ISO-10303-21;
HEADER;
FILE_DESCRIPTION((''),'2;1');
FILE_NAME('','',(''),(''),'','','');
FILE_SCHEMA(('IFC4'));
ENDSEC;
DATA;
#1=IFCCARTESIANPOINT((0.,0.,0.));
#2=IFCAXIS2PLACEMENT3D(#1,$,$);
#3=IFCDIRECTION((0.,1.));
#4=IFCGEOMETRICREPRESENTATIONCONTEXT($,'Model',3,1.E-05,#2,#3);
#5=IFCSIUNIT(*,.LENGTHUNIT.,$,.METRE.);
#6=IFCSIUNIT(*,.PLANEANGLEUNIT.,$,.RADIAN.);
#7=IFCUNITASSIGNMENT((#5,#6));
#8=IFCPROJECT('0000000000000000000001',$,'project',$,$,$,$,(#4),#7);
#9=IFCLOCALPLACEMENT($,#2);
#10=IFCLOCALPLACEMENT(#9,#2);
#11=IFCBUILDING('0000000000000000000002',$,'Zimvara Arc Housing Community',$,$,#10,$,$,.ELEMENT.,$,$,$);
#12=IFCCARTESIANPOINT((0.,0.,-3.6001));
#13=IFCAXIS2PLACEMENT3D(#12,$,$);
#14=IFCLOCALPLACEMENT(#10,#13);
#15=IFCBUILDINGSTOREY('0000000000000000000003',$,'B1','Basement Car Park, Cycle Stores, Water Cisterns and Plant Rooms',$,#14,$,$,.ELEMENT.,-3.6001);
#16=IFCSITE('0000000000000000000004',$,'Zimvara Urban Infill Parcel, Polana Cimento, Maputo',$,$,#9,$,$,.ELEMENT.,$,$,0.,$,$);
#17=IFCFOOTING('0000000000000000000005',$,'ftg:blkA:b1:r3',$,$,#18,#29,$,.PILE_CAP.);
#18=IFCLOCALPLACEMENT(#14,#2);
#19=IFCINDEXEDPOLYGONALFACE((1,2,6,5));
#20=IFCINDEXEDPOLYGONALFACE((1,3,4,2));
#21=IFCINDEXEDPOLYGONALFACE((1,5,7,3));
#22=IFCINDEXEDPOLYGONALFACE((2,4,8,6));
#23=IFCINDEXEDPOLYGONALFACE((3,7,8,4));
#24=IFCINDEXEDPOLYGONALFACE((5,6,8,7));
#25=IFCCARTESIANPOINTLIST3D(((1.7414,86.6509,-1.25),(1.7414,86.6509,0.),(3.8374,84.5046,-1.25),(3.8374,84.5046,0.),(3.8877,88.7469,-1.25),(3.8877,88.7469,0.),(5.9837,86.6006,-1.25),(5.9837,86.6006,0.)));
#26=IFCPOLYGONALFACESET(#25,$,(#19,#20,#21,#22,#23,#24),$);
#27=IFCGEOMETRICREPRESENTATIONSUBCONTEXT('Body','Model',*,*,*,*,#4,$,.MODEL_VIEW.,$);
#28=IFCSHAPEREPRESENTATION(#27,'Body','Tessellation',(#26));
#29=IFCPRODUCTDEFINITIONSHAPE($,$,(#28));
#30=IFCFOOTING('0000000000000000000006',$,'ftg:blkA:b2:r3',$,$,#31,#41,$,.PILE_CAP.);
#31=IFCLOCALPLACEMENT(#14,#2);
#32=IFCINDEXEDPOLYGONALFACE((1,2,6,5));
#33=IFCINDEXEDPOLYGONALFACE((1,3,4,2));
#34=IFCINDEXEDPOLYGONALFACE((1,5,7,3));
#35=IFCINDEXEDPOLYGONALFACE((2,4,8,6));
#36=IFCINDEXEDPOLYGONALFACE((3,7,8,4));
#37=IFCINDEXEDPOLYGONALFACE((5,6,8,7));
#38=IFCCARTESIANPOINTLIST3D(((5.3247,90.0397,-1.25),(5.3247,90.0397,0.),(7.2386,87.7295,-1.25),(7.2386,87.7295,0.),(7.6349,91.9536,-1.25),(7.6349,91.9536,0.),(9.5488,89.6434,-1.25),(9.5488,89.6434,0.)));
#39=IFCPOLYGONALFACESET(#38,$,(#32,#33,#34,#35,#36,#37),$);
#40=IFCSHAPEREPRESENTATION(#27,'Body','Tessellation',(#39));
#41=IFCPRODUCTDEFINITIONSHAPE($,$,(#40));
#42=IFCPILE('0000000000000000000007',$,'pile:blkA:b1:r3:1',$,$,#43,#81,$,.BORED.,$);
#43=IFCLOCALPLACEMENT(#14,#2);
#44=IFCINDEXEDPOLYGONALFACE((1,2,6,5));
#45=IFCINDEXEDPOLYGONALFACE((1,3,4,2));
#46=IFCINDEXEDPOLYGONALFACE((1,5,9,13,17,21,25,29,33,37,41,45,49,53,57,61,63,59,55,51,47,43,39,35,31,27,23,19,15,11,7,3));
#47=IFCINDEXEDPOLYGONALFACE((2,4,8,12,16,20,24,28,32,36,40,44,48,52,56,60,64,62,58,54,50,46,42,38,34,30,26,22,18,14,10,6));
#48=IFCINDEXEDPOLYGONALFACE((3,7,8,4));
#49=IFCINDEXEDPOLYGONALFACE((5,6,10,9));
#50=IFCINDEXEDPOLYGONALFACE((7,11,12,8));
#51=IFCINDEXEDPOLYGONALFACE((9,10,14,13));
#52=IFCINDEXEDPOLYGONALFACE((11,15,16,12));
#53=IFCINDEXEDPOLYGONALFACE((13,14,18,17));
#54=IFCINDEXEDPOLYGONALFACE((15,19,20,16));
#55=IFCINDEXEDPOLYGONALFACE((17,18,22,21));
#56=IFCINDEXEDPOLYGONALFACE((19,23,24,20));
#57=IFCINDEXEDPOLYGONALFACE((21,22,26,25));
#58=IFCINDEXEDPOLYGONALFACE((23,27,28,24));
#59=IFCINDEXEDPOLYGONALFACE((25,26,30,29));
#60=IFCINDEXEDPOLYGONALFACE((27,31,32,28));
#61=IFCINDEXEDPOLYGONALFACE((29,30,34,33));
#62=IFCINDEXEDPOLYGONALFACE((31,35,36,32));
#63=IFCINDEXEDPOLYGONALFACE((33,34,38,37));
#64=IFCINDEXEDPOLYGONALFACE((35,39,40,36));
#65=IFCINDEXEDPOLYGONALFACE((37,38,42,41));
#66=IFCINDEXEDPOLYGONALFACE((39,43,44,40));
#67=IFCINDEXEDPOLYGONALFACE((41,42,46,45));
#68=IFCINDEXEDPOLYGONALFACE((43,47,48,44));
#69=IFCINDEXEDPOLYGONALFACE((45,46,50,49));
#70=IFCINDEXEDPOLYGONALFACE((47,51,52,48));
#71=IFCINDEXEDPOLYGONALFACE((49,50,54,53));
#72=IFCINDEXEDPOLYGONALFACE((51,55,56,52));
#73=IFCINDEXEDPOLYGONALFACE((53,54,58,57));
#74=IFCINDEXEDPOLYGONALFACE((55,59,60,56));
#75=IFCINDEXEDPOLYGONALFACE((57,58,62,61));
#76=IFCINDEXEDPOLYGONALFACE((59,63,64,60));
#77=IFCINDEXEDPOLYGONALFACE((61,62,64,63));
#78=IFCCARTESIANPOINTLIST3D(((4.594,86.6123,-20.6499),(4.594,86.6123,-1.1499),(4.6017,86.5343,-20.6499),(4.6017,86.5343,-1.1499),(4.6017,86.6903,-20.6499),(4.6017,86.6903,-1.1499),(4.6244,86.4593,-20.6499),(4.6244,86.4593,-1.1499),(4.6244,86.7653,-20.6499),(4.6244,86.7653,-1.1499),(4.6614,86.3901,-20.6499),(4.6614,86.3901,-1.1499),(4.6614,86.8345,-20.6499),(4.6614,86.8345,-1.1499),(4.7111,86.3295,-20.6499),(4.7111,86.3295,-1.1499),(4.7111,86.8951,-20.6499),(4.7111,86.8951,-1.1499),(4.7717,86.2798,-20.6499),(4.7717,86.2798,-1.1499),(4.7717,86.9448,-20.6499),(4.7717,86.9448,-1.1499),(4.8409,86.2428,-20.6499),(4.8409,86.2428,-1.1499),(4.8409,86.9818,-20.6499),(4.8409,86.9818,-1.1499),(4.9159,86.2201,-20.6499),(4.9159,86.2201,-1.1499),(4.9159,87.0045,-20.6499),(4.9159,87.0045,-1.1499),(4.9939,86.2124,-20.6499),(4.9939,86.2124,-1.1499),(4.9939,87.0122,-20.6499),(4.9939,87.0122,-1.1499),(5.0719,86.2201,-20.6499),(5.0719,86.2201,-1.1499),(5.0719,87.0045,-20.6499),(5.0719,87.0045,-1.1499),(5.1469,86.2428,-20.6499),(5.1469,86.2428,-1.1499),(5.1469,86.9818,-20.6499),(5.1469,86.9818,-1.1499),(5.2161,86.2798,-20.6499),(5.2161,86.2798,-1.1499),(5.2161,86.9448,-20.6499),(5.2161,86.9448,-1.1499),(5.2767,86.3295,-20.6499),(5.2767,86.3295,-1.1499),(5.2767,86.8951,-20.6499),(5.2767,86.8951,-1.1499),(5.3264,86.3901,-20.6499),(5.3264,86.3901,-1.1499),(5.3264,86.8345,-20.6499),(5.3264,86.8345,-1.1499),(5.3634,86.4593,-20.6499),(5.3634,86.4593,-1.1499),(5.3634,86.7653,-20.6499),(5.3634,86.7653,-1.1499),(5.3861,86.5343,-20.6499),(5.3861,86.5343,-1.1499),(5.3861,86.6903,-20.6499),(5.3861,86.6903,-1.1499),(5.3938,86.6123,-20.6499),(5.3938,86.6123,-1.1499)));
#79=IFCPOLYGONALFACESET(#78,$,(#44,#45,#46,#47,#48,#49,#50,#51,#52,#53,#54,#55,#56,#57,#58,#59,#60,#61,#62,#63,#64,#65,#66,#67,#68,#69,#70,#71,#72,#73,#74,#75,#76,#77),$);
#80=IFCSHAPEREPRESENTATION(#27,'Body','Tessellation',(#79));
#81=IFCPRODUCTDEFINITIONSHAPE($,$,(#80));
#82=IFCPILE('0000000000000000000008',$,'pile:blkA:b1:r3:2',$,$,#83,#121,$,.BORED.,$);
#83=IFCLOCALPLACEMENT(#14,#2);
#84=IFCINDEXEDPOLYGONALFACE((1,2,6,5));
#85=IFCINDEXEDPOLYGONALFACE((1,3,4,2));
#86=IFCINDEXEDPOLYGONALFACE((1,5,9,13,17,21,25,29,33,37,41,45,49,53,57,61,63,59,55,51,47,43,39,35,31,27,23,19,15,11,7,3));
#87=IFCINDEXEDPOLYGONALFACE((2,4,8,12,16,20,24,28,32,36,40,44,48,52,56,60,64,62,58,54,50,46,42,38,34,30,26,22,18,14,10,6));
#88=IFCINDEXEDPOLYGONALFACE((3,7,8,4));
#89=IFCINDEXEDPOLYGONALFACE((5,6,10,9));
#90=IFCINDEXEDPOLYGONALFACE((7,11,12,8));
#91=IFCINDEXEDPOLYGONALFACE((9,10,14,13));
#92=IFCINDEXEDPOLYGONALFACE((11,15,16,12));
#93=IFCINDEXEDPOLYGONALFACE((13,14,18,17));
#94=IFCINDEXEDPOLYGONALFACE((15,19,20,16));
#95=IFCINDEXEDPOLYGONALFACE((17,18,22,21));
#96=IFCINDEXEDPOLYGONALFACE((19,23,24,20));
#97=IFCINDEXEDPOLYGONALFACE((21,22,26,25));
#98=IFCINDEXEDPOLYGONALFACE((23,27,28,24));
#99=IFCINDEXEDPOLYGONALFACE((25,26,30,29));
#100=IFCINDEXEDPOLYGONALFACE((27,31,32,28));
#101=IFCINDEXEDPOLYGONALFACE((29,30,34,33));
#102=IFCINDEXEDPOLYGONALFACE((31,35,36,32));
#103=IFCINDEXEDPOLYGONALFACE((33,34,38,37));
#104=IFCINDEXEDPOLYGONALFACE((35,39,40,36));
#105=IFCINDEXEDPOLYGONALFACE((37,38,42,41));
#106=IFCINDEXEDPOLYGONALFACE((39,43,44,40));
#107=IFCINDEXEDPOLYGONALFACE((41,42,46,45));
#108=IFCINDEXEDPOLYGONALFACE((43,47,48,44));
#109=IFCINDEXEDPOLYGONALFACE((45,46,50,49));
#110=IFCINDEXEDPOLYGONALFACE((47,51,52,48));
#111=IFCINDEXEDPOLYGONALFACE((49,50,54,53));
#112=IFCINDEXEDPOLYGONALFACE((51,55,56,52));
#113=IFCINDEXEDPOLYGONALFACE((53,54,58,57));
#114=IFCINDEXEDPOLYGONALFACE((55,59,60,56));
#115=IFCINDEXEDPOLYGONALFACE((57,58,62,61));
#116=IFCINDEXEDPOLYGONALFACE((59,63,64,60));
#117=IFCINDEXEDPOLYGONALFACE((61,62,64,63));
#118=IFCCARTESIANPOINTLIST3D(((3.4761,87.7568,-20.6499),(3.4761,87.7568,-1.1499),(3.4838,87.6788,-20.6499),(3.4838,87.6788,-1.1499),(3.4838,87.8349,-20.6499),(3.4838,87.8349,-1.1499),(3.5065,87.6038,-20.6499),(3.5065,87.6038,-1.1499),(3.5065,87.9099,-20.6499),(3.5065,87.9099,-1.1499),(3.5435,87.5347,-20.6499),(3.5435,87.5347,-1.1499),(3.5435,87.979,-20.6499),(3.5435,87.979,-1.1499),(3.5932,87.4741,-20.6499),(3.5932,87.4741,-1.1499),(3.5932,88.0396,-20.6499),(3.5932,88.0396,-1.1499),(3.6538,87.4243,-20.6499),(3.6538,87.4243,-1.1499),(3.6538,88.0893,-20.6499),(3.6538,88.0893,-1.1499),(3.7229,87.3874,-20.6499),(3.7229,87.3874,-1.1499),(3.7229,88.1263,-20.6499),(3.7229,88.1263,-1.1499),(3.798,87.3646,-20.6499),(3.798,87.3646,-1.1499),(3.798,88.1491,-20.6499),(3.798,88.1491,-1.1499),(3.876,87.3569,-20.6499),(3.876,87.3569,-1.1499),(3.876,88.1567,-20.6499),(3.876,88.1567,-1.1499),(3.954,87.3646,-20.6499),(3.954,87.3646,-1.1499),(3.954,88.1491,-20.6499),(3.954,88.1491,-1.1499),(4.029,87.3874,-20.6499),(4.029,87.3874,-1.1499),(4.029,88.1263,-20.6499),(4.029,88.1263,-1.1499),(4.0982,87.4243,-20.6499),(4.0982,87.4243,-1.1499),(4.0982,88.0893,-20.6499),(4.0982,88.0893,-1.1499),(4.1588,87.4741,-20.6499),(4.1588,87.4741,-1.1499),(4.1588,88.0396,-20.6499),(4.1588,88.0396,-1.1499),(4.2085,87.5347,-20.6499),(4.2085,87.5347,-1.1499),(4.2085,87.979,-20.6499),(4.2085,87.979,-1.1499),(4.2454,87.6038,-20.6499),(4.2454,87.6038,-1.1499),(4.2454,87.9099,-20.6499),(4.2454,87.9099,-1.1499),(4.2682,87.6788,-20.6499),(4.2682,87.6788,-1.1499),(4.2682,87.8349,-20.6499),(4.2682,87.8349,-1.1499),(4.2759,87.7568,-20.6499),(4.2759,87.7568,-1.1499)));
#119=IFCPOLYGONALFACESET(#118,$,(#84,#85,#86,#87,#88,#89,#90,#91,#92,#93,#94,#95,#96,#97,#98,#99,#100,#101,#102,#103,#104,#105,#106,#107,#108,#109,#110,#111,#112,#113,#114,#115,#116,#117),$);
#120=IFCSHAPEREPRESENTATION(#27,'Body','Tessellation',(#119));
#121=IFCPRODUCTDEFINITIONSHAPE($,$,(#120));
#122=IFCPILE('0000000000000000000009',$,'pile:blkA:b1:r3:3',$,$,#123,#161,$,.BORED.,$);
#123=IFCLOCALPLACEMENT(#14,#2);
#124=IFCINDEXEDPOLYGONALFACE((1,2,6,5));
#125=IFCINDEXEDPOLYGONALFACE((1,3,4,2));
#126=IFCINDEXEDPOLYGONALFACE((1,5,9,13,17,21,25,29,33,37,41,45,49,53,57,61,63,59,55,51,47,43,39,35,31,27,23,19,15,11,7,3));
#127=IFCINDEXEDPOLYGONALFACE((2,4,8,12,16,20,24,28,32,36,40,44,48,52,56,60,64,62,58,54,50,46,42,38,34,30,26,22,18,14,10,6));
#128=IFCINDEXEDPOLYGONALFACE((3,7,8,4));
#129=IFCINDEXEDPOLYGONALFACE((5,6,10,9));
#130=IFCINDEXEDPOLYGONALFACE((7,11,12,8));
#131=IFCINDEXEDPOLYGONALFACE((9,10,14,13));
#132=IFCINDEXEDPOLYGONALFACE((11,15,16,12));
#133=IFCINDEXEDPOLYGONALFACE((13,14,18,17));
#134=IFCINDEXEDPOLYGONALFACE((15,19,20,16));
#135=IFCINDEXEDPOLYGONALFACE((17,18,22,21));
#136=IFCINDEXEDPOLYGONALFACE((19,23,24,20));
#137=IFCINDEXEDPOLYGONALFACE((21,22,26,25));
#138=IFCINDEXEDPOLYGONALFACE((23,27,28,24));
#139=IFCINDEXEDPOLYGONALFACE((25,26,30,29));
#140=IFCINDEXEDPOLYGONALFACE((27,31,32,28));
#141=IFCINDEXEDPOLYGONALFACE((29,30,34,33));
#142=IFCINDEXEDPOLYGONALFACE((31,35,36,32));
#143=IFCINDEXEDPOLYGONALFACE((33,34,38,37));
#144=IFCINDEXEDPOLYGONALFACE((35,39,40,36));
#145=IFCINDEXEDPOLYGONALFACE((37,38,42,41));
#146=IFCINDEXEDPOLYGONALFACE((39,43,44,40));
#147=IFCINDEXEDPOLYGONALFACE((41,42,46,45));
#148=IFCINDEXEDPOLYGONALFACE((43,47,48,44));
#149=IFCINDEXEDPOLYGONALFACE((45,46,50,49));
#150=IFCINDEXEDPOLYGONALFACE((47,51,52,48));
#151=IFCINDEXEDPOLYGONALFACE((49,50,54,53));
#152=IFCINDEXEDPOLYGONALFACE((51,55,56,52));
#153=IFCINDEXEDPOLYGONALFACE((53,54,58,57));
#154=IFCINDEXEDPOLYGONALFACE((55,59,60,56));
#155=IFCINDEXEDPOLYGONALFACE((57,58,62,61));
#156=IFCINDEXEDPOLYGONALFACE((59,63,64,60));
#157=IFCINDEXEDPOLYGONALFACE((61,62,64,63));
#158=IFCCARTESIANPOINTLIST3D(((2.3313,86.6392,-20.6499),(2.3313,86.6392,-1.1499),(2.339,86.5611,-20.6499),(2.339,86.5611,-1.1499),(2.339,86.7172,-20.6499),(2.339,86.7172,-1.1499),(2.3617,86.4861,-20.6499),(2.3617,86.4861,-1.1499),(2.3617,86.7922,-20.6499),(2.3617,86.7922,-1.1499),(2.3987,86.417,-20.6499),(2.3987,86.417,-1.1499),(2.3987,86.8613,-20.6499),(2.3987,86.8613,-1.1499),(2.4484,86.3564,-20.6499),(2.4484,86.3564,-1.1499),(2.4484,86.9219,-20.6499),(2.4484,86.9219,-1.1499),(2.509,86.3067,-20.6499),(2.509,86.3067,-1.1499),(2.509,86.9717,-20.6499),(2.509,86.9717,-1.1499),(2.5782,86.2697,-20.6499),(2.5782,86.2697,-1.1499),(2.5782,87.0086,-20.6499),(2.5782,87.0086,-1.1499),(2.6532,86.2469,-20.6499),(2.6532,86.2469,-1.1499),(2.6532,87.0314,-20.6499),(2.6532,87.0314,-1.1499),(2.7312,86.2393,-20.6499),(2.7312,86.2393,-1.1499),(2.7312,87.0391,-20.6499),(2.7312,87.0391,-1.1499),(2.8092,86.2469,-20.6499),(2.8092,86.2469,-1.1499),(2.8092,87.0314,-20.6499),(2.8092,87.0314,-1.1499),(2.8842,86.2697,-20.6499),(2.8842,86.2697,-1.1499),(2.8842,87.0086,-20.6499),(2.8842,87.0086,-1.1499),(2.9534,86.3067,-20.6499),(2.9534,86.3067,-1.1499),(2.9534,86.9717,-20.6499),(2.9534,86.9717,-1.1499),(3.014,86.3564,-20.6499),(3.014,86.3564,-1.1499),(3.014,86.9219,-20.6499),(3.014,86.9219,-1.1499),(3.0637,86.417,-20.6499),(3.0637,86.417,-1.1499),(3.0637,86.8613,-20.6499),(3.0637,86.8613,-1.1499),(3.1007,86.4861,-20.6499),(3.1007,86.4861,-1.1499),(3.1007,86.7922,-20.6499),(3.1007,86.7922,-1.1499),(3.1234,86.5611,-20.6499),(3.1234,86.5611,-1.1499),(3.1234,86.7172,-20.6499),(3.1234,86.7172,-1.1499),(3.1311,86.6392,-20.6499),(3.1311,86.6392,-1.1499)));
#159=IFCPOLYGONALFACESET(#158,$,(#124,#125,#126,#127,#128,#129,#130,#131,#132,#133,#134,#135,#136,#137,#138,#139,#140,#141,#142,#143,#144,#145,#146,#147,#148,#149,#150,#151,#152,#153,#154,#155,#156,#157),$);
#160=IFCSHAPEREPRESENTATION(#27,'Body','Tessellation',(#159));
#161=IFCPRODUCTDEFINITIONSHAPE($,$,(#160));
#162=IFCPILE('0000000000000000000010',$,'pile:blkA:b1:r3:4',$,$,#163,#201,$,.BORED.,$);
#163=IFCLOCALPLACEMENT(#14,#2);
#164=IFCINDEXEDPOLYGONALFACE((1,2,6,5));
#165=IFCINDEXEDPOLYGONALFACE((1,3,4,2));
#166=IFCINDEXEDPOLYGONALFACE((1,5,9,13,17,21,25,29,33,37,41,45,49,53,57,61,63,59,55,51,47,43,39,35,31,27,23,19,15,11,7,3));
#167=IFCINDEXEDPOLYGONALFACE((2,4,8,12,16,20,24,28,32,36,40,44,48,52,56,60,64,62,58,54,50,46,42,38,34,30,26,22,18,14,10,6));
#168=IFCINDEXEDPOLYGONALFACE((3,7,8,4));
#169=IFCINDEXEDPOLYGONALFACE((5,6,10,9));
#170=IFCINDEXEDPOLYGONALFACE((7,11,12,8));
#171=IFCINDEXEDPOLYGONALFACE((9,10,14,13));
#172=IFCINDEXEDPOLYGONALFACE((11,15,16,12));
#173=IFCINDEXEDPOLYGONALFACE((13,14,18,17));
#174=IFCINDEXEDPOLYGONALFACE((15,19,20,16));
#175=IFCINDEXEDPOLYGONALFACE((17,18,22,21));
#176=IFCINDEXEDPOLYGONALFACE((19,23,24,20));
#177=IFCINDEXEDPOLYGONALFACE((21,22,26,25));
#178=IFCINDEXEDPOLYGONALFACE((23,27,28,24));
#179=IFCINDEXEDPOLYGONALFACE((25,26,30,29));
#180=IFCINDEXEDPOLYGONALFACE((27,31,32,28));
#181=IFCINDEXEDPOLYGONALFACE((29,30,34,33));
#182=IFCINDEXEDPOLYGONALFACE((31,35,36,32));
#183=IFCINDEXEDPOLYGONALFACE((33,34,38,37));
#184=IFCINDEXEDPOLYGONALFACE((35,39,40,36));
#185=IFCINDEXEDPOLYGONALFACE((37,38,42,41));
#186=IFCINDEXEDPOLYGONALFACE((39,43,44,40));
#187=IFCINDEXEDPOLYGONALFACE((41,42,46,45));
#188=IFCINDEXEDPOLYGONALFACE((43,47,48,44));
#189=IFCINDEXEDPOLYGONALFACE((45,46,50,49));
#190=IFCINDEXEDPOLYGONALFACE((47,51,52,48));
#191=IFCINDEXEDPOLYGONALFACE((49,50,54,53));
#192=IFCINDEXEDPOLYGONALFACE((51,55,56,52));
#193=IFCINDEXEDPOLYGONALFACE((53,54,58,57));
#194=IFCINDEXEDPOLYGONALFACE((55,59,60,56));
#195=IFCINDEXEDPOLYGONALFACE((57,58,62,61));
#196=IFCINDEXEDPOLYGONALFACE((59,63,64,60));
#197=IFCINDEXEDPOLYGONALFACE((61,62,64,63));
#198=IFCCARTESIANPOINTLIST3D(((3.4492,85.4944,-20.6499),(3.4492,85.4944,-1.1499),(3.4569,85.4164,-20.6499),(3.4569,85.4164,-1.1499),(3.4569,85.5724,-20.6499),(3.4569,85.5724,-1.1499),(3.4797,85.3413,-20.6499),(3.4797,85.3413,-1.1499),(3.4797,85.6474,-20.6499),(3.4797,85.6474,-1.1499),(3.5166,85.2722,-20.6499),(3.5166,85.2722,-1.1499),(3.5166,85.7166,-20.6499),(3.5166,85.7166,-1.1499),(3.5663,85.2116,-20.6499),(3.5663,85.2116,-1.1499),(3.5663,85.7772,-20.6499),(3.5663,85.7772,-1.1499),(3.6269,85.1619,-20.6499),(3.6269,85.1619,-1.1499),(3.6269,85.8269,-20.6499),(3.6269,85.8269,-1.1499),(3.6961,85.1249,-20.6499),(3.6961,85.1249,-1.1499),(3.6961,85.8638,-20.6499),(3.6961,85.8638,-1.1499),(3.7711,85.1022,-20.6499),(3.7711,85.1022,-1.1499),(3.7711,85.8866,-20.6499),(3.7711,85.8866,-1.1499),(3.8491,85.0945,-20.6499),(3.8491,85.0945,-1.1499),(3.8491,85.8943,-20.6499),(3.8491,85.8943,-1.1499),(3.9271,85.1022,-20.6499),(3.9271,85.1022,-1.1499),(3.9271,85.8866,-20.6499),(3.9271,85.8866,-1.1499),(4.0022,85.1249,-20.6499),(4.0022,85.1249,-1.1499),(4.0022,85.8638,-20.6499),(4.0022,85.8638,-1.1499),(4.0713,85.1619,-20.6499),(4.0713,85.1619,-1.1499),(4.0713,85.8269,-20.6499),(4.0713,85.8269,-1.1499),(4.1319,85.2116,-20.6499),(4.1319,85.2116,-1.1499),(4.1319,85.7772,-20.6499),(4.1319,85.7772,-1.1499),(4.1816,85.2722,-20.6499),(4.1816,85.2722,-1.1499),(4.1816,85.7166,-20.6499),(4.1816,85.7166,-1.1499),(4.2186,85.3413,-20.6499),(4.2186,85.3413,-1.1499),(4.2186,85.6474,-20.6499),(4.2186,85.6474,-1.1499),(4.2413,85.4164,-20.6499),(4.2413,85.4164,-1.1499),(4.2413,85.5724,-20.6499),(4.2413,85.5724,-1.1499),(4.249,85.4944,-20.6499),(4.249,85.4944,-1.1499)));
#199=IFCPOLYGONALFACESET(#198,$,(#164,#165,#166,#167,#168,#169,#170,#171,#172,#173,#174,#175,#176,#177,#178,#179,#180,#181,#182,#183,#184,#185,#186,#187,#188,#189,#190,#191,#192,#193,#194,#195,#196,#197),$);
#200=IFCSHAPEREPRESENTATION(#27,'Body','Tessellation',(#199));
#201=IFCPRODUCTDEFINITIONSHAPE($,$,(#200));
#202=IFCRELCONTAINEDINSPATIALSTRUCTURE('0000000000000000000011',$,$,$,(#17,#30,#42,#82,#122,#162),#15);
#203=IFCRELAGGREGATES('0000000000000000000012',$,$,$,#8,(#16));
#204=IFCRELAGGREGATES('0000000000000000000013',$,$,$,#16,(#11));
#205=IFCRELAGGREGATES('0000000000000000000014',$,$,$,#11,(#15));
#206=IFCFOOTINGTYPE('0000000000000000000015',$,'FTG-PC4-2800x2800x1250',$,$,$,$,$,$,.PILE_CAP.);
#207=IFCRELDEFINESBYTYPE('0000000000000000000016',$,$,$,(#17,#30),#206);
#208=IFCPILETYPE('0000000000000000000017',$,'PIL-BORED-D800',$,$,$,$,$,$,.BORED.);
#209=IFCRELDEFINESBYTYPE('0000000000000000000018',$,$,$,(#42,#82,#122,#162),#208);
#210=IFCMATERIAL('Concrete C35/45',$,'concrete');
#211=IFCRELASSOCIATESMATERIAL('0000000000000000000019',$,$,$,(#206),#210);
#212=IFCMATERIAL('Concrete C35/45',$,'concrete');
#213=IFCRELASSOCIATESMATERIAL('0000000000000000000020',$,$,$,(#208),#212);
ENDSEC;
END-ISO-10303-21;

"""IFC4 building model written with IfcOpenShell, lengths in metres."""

from ifc_helpers import new_model, si_unit, direction, frame, origin, origin_2d, place, context, subcontext, project, spatial, rectangle, circle, extrude, material, material_profile, profile_set, type_object, element, save


model = new_model("IFC4")

# Units and contexts
model_context = context("Model", 3, precision=1e-05, world=origin(), true_north=direction((0.0, 1.0)))
body_context = subcontext(model_context, "Body", "Model", "MODEL_VIEW")
ifc_project = project(units=[si_unit("LENGTHUNIT", "METRE"), si_unit("PLANEANGLEUNIT", "RADIAN")], contexts=[model_context])

# Site, building, storey
site_placement = place(None, origin())
site = spatial("IfcSite", under=ifc_project, at=site_placement, Name="Zimvara Urban Infill Parcel, Polana Cimento, Maputo", CompositionType="ELEMENT", RefElevation=0.0)
building_placement = place(site_placement, origin())
building = spatial("IfcBuilding", under=site, at=building_placement, Name="Zimvara Arc Housing Community", CompositionType="ELEMENT")
storey_placement = place(building_placement, frame((0.0, 0.0, -3.6001)))
storey = spatial("IfcBuildingStorey", under=building, at=storey_placement, Name="B1", Description="Basement Car Park, Cycle Stores, Water Cisterns and Plant Rooms", CompositionType="ELEMENT", Elevation=-3.6001)

# Footings
ifc_material_1 = material(Name="Concrete C35/45", Category="concrete")
footing_type = type_object("IfcFootingType", Name="FTG-PC4-2800x2800x1250", PredefinedType="PILE_CAP", material=ifc_material_1)
for number, where, z_axis, x_axis, name in (
    (1, (3.8625, 86.6257, -1.25), (0.0, 0.0, 1.0), (-0.698665, 0.715449, 0.0), "ftg:blkA:b1:r3"),
    (2, (7.4368, 89.8416, -1.25), (0.0, 0.0, 1.0), (-0.637962, 0.770068, 0.0), "ftg:blkA:b2:r3"),
):
    element("IfcFooting", number, at=place(storey_placement, frame(where, z_axis=z_axis, x_axis=x_axis)), inside=storey, type_object=footing_type, Name=name, PredefinedType="PILE_CAP", context=body_context, shape_type="SweptSolid", body=[
        extrude(rectangle(XDim=3.0, YDim=3.0, at=origin_2d()), origin(), (0.0, 0.0, 1.0), 1.25),
    ])

# Piles
ifc_material_2 = material(Name="Concrete C35/45", Category="concrete")
ifc_material_profile_1 = material_profile(ifc_material_2, circle(Radius=0.3999, at=origin_2d()), Name="PILE D800")
ifc_profile_set_1 = profile_set([ifc_material_profile_1], Name="Concrete C35/45")
pile_type = type_object("IfcPileType", Name="PIL-BORED-D800", PredefinedType="BORED", material=ifc_profile_set_1)
for number, where, z_axis, x_axis, name in (
    (3, (4.9939, 86.6123, -1.1499), (0.0, 0.0, -1.0), (1.0, 0.0, 0.0), "pile:blkA:b1:r3:1"),
    (4, (3.876, 87.7568, -1.1499), (0.0, 0.0, -1.0), (1.0, 0.0, 0.0), "pile:blkA:b1:r3:2"),
    (5, (2.7312, 86.6392, -1.1499), (0.0, 0.0, -1.0), (1.0, 0.0, 0.0), "pile:blkA:b1:r3:3"),
    (6, (3.8491, 85.4944, -1.1499), (0.0, 0.0, -1.0), (1.0, 0.0, 0.0), "pile:blkA:b1:r3:4"),
):
    element("IfcPile", number, at=place(storey_placement, frame(where, z_axis=z_axis, x_axis=x_axis)), inside=storey, type_object=pile_type, Name=name, PredefinedType="BORED", context=body_context, shape_type="SweptSolid", body=[
        extrude(circle(Radius=0.3999, at=origin_2d()), origin(), (0.0, 0.0, 1.0), 19.5),
    ])

save(model, "model.ifc")
